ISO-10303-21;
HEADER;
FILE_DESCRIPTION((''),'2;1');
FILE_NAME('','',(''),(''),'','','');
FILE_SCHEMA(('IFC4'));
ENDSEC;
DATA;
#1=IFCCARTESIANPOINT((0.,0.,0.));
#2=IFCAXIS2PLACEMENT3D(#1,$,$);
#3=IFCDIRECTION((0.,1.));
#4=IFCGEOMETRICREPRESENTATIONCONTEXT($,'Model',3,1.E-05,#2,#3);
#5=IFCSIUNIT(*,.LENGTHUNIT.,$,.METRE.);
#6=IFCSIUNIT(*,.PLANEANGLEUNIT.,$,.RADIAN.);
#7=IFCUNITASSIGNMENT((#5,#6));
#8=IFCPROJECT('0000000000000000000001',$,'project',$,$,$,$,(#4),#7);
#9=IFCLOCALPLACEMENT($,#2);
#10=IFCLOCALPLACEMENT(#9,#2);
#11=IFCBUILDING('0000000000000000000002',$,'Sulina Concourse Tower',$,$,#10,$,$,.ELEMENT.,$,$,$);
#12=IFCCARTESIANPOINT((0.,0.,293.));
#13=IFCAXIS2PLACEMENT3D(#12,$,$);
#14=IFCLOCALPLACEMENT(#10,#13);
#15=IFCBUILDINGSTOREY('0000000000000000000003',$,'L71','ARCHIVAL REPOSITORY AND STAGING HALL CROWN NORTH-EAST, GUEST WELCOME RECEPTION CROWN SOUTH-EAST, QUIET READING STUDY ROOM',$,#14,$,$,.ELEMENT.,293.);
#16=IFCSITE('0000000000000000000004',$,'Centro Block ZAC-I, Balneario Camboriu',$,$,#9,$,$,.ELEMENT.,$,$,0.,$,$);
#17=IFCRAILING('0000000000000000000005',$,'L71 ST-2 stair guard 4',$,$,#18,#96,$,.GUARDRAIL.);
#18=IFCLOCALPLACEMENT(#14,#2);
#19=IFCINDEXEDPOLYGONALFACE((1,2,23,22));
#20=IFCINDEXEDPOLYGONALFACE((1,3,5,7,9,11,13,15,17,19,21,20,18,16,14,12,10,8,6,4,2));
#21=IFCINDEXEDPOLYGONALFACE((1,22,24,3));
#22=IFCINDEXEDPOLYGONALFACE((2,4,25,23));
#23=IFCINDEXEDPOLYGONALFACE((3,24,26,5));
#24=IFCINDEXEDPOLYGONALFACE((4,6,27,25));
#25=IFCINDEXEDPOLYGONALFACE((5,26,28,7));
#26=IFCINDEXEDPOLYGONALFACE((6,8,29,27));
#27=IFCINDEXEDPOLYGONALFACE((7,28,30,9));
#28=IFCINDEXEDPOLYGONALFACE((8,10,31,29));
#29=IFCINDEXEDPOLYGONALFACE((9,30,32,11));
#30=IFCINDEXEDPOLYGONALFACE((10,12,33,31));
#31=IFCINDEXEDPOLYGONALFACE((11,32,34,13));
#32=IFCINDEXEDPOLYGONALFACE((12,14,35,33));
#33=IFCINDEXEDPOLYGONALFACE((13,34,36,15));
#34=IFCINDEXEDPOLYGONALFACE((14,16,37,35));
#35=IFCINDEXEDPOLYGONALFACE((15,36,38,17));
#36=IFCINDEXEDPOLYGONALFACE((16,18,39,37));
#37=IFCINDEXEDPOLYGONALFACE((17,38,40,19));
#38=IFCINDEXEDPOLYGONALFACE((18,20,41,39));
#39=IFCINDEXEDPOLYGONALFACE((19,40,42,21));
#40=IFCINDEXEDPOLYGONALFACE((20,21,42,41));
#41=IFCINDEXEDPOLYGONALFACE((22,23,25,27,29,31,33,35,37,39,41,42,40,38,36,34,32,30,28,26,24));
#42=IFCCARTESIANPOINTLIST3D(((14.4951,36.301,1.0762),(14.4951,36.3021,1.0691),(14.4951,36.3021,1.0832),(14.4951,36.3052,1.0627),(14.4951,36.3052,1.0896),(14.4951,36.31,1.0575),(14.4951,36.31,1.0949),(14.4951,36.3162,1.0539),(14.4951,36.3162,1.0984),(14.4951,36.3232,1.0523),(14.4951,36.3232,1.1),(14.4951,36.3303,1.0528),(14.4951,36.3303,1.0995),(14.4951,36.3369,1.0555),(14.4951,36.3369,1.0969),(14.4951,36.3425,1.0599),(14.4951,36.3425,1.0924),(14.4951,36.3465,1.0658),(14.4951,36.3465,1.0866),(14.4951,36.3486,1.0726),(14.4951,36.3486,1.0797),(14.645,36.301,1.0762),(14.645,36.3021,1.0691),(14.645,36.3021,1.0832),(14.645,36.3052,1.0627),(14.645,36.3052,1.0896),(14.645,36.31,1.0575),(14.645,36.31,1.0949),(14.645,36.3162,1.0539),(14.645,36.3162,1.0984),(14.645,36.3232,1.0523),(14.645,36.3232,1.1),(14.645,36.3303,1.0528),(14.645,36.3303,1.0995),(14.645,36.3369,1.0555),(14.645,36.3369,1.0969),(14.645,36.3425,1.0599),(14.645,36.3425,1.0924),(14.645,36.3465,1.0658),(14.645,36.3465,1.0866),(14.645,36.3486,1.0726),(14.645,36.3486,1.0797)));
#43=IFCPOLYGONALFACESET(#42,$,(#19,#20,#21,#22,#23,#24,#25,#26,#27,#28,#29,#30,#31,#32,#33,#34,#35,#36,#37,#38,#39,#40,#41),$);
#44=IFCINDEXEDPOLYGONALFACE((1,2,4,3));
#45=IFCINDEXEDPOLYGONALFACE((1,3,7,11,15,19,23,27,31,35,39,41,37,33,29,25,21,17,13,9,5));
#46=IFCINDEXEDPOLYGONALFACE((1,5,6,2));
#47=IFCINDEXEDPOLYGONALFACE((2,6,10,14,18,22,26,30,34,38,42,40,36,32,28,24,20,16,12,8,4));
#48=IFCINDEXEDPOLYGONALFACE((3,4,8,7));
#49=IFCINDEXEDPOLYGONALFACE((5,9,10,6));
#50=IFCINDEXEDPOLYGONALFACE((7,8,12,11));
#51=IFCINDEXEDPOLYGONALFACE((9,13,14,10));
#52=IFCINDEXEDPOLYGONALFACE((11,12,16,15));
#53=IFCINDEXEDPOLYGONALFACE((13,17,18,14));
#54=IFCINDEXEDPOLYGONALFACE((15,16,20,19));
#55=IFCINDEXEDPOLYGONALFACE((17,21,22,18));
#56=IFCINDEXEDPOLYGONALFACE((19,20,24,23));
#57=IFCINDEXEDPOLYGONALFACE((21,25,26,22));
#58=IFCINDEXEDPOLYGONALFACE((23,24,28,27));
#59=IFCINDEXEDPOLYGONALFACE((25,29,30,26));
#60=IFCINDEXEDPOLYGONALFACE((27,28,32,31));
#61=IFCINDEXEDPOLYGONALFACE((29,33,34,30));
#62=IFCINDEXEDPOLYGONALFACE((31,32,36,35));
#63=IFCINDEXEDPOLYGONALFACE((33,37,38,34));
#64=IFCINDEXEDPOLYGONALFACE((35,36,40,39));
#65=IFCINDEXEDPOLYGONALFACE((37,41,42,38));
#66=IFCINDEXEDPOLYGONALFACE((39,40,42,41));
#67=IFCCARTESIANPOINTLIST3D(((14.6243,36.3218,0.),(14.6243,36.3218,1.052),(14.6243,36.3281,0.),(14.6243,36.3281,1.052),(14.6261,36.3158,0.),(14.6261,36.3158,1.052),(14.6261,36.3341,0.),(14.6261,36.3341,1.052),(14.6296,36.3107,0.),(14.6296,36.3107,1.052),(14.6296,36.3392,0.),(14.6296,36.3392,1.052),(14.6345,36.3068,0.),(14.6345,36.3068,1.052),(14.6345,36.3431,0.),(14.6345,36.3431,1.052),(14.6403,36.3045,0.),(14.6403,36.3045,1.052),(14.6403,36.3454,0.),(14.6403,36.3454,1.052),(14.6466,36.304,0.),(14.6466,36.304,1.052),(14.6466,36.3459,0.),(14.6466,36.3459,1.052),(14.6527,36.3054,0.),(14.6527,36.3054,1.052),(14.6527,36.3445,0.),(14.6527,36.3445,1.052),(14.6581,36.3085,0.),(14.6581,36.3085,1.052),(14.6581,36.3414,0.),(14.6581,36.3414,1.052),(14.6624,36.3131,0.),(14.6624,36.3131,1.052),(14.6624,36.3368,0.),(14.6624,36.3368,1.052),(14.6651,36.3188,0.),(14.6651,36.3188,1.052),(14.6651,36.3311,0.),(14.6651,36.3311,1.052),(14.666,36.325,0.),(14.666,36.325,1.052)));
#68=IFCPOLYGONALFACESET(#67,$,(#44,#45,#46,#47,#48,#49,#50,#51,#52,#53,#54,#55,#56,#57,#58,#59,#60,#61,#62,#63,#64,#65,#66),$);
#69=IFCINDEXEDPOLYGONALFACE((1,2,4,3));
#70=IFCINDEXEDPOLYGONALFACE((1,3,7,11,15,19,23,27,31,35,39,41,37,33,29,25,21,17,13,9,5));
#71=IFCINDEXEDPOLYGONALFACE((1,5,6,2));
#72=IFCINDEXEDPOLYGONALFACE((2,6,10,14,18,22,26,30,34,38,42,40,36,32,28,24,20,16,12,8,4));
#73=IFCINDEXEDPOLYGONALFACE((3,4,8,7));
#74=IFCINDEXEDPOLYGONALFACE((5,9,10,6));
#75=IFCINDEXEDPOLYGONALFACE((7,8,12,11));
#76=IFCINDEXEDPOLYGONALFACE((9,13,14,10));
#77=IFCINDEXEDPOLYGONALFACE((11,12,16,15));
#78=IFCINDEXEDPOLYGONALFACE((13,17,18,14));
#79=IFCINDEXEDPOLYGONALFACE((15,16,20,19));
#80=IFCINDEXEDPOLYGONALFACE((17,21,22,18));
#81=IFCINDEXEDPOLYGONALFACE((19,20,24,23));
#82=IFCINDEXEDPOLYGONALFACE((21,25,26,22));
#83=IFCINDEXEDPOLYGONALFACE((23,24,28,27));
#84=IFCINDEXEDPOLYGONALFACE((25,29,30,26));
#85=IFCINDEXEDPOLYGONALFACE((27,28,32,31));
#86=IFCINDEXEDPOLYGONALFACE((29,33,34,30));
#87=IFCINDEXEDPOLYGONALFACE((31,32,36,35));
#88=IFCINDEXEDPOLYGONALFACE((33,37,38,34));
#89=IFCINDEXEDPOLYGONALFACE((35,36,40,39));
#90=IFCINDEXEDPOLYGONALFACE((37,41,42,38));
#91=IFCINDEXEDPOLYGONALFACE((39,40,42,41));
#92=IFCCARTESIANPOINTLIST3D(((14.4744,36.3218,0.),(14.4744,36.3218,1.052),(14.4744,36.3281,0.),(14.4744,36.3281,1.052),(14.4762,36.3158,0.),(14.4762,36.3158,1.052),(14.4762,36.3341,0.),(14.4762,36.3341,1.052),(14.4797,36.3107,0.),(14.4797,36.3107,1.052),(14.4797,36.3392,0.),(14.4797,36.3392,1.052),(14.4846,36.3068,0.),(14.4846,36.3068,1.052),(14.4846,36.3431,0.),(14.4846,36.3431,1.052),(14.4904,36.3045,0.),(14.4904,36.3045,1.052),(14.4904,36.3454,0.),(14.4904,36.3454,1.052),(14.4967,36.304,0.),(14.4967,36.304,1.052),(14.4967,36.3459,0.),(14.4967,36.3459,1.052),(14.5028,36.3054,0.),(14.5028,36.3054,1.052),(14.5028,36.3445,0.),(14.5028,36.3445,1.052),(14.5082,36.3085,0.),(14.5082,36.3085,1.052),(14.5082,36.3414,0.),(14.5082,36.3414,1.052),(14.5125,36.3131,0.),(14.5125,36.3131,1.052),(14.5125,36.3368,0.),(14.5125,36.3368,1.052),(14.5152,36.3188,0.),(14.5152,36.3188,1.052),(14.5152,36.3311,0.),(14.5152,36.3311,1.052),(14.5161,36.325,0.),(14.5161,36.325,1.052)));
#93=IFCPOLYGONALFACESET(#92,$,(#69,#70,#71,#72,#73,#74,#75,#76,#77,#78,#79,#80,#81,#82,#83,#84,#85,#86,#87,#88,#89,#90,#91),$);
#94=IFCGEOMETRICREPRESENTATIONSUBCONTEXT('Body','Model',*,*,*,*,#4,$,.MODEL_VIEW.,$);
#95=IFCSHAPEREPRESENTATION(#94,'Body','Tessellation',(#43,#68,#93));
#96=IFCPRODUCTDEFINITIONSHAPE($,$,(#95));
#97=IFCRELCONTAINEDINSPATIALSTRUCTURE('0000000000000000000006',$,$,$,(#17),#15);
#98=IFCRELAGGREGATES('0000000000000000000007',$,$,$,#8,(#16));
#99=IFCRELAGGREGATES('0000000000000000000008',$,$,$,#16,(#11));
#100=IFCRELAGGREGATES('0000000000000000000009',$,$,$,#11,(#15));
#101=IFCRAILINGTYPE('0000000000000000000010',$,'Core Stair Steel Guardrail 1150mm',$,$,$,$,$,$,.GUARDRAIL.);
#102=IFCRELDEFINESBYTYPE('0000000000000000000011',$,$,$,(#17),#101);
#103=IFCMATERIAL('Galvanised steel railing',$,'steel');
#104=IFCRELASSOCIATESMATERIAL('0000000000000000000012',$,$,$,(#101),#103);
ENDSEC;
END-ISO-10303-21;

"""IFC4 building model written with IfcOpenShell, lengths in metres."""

from ifc_helpers import new_model, si_unit, direction, frame, origin, origin_2d, place, context, subcontext, project, spatial, circle, extrude, material, type_object, element, save


model = new_model("IFC4")

# Units and contexts
model_context = context("Model", 3, precision=1e-05, world=origin(), true_north=direction((0.0, 1.0)))
body_context = subcontext(model_context, "Body", "Model", "MODEL_VIEW")
ifc_project = project(units=[si_unit("LENGTHUNIT", "METRE"), si_unit("PLANEANGLEUNIT", "RADIAN")], contexts=[model_context])

# Site, building, storey
site_placement = place(None, origin())
site = spatial("IfcSite", under=ifc_project, at=site_placement, Name="Centro Block ZAC-I, Balneario Camboriu", CompositionType="ELEMENT", RefElevation=0.0)
building_placement = place(site_placement, origin())
building = spatial("IfcBuilding", under=site, at=building_placement, Name="Sulina Concourse Tower", CompositionType="ELEMENT")
storey_placement = place(building_placement, frame((0.0, 0.0, 293.0)))
storey = spatial("IfcBuildingStorey", under=building, at=storey_placement, Name="L71", Description="ARCHIVAL REPOSITORY AND STAGING HALL CROWN NORTH-EAST, GUEST WELCOME RECEPTION CROWN SOUTH-EAST, QUIET READING STUDY ROOM", CompositionType="ELEMENT", Elevation=293.0)

# Railing
ifc_material_1 = material(Name="Galvanised steel railing", Category="steel")
railing_type_1 = type_object("IfcRailingType", Name="Core Stair Steel Guardrail 1150mm", PredefinedType="GUARDRAIL", material=ifc_material_1)
railing_1_placement = place(storey_placement, frame((14.645, 36.325, 0.0)))
element("IfcRailing", 1, at=railing_1_placement, inside=storey, type_object=railing_type_1, Name="L71 ST-2 stair guard 4", PredefinedType="GUARDRAIL", context=body_context, shape_type="SweptSolid", body=[
    extrude(circle(Radius=0.0239, at=origin_2d()), frame((0.0, 0.0, 1.0762), z_axis=(-1.0, 0.0, 0.0), x_axis=(0.0, -1.0, 0.0)), (0.0, 0.0, 1.0), 0.1499),
    extrude(circle(Radius=0.021, at=origin_2d()), origin(), (0.0, 0.0, 1.0), 1.052),
    extrude(circle(Radius=0.021, at=origin_2d()), frame((-0.1499, 0.0, 0.0)), (0.0, 0.0, 1.0), 1.052),
])

save(model, "model.ifc")
